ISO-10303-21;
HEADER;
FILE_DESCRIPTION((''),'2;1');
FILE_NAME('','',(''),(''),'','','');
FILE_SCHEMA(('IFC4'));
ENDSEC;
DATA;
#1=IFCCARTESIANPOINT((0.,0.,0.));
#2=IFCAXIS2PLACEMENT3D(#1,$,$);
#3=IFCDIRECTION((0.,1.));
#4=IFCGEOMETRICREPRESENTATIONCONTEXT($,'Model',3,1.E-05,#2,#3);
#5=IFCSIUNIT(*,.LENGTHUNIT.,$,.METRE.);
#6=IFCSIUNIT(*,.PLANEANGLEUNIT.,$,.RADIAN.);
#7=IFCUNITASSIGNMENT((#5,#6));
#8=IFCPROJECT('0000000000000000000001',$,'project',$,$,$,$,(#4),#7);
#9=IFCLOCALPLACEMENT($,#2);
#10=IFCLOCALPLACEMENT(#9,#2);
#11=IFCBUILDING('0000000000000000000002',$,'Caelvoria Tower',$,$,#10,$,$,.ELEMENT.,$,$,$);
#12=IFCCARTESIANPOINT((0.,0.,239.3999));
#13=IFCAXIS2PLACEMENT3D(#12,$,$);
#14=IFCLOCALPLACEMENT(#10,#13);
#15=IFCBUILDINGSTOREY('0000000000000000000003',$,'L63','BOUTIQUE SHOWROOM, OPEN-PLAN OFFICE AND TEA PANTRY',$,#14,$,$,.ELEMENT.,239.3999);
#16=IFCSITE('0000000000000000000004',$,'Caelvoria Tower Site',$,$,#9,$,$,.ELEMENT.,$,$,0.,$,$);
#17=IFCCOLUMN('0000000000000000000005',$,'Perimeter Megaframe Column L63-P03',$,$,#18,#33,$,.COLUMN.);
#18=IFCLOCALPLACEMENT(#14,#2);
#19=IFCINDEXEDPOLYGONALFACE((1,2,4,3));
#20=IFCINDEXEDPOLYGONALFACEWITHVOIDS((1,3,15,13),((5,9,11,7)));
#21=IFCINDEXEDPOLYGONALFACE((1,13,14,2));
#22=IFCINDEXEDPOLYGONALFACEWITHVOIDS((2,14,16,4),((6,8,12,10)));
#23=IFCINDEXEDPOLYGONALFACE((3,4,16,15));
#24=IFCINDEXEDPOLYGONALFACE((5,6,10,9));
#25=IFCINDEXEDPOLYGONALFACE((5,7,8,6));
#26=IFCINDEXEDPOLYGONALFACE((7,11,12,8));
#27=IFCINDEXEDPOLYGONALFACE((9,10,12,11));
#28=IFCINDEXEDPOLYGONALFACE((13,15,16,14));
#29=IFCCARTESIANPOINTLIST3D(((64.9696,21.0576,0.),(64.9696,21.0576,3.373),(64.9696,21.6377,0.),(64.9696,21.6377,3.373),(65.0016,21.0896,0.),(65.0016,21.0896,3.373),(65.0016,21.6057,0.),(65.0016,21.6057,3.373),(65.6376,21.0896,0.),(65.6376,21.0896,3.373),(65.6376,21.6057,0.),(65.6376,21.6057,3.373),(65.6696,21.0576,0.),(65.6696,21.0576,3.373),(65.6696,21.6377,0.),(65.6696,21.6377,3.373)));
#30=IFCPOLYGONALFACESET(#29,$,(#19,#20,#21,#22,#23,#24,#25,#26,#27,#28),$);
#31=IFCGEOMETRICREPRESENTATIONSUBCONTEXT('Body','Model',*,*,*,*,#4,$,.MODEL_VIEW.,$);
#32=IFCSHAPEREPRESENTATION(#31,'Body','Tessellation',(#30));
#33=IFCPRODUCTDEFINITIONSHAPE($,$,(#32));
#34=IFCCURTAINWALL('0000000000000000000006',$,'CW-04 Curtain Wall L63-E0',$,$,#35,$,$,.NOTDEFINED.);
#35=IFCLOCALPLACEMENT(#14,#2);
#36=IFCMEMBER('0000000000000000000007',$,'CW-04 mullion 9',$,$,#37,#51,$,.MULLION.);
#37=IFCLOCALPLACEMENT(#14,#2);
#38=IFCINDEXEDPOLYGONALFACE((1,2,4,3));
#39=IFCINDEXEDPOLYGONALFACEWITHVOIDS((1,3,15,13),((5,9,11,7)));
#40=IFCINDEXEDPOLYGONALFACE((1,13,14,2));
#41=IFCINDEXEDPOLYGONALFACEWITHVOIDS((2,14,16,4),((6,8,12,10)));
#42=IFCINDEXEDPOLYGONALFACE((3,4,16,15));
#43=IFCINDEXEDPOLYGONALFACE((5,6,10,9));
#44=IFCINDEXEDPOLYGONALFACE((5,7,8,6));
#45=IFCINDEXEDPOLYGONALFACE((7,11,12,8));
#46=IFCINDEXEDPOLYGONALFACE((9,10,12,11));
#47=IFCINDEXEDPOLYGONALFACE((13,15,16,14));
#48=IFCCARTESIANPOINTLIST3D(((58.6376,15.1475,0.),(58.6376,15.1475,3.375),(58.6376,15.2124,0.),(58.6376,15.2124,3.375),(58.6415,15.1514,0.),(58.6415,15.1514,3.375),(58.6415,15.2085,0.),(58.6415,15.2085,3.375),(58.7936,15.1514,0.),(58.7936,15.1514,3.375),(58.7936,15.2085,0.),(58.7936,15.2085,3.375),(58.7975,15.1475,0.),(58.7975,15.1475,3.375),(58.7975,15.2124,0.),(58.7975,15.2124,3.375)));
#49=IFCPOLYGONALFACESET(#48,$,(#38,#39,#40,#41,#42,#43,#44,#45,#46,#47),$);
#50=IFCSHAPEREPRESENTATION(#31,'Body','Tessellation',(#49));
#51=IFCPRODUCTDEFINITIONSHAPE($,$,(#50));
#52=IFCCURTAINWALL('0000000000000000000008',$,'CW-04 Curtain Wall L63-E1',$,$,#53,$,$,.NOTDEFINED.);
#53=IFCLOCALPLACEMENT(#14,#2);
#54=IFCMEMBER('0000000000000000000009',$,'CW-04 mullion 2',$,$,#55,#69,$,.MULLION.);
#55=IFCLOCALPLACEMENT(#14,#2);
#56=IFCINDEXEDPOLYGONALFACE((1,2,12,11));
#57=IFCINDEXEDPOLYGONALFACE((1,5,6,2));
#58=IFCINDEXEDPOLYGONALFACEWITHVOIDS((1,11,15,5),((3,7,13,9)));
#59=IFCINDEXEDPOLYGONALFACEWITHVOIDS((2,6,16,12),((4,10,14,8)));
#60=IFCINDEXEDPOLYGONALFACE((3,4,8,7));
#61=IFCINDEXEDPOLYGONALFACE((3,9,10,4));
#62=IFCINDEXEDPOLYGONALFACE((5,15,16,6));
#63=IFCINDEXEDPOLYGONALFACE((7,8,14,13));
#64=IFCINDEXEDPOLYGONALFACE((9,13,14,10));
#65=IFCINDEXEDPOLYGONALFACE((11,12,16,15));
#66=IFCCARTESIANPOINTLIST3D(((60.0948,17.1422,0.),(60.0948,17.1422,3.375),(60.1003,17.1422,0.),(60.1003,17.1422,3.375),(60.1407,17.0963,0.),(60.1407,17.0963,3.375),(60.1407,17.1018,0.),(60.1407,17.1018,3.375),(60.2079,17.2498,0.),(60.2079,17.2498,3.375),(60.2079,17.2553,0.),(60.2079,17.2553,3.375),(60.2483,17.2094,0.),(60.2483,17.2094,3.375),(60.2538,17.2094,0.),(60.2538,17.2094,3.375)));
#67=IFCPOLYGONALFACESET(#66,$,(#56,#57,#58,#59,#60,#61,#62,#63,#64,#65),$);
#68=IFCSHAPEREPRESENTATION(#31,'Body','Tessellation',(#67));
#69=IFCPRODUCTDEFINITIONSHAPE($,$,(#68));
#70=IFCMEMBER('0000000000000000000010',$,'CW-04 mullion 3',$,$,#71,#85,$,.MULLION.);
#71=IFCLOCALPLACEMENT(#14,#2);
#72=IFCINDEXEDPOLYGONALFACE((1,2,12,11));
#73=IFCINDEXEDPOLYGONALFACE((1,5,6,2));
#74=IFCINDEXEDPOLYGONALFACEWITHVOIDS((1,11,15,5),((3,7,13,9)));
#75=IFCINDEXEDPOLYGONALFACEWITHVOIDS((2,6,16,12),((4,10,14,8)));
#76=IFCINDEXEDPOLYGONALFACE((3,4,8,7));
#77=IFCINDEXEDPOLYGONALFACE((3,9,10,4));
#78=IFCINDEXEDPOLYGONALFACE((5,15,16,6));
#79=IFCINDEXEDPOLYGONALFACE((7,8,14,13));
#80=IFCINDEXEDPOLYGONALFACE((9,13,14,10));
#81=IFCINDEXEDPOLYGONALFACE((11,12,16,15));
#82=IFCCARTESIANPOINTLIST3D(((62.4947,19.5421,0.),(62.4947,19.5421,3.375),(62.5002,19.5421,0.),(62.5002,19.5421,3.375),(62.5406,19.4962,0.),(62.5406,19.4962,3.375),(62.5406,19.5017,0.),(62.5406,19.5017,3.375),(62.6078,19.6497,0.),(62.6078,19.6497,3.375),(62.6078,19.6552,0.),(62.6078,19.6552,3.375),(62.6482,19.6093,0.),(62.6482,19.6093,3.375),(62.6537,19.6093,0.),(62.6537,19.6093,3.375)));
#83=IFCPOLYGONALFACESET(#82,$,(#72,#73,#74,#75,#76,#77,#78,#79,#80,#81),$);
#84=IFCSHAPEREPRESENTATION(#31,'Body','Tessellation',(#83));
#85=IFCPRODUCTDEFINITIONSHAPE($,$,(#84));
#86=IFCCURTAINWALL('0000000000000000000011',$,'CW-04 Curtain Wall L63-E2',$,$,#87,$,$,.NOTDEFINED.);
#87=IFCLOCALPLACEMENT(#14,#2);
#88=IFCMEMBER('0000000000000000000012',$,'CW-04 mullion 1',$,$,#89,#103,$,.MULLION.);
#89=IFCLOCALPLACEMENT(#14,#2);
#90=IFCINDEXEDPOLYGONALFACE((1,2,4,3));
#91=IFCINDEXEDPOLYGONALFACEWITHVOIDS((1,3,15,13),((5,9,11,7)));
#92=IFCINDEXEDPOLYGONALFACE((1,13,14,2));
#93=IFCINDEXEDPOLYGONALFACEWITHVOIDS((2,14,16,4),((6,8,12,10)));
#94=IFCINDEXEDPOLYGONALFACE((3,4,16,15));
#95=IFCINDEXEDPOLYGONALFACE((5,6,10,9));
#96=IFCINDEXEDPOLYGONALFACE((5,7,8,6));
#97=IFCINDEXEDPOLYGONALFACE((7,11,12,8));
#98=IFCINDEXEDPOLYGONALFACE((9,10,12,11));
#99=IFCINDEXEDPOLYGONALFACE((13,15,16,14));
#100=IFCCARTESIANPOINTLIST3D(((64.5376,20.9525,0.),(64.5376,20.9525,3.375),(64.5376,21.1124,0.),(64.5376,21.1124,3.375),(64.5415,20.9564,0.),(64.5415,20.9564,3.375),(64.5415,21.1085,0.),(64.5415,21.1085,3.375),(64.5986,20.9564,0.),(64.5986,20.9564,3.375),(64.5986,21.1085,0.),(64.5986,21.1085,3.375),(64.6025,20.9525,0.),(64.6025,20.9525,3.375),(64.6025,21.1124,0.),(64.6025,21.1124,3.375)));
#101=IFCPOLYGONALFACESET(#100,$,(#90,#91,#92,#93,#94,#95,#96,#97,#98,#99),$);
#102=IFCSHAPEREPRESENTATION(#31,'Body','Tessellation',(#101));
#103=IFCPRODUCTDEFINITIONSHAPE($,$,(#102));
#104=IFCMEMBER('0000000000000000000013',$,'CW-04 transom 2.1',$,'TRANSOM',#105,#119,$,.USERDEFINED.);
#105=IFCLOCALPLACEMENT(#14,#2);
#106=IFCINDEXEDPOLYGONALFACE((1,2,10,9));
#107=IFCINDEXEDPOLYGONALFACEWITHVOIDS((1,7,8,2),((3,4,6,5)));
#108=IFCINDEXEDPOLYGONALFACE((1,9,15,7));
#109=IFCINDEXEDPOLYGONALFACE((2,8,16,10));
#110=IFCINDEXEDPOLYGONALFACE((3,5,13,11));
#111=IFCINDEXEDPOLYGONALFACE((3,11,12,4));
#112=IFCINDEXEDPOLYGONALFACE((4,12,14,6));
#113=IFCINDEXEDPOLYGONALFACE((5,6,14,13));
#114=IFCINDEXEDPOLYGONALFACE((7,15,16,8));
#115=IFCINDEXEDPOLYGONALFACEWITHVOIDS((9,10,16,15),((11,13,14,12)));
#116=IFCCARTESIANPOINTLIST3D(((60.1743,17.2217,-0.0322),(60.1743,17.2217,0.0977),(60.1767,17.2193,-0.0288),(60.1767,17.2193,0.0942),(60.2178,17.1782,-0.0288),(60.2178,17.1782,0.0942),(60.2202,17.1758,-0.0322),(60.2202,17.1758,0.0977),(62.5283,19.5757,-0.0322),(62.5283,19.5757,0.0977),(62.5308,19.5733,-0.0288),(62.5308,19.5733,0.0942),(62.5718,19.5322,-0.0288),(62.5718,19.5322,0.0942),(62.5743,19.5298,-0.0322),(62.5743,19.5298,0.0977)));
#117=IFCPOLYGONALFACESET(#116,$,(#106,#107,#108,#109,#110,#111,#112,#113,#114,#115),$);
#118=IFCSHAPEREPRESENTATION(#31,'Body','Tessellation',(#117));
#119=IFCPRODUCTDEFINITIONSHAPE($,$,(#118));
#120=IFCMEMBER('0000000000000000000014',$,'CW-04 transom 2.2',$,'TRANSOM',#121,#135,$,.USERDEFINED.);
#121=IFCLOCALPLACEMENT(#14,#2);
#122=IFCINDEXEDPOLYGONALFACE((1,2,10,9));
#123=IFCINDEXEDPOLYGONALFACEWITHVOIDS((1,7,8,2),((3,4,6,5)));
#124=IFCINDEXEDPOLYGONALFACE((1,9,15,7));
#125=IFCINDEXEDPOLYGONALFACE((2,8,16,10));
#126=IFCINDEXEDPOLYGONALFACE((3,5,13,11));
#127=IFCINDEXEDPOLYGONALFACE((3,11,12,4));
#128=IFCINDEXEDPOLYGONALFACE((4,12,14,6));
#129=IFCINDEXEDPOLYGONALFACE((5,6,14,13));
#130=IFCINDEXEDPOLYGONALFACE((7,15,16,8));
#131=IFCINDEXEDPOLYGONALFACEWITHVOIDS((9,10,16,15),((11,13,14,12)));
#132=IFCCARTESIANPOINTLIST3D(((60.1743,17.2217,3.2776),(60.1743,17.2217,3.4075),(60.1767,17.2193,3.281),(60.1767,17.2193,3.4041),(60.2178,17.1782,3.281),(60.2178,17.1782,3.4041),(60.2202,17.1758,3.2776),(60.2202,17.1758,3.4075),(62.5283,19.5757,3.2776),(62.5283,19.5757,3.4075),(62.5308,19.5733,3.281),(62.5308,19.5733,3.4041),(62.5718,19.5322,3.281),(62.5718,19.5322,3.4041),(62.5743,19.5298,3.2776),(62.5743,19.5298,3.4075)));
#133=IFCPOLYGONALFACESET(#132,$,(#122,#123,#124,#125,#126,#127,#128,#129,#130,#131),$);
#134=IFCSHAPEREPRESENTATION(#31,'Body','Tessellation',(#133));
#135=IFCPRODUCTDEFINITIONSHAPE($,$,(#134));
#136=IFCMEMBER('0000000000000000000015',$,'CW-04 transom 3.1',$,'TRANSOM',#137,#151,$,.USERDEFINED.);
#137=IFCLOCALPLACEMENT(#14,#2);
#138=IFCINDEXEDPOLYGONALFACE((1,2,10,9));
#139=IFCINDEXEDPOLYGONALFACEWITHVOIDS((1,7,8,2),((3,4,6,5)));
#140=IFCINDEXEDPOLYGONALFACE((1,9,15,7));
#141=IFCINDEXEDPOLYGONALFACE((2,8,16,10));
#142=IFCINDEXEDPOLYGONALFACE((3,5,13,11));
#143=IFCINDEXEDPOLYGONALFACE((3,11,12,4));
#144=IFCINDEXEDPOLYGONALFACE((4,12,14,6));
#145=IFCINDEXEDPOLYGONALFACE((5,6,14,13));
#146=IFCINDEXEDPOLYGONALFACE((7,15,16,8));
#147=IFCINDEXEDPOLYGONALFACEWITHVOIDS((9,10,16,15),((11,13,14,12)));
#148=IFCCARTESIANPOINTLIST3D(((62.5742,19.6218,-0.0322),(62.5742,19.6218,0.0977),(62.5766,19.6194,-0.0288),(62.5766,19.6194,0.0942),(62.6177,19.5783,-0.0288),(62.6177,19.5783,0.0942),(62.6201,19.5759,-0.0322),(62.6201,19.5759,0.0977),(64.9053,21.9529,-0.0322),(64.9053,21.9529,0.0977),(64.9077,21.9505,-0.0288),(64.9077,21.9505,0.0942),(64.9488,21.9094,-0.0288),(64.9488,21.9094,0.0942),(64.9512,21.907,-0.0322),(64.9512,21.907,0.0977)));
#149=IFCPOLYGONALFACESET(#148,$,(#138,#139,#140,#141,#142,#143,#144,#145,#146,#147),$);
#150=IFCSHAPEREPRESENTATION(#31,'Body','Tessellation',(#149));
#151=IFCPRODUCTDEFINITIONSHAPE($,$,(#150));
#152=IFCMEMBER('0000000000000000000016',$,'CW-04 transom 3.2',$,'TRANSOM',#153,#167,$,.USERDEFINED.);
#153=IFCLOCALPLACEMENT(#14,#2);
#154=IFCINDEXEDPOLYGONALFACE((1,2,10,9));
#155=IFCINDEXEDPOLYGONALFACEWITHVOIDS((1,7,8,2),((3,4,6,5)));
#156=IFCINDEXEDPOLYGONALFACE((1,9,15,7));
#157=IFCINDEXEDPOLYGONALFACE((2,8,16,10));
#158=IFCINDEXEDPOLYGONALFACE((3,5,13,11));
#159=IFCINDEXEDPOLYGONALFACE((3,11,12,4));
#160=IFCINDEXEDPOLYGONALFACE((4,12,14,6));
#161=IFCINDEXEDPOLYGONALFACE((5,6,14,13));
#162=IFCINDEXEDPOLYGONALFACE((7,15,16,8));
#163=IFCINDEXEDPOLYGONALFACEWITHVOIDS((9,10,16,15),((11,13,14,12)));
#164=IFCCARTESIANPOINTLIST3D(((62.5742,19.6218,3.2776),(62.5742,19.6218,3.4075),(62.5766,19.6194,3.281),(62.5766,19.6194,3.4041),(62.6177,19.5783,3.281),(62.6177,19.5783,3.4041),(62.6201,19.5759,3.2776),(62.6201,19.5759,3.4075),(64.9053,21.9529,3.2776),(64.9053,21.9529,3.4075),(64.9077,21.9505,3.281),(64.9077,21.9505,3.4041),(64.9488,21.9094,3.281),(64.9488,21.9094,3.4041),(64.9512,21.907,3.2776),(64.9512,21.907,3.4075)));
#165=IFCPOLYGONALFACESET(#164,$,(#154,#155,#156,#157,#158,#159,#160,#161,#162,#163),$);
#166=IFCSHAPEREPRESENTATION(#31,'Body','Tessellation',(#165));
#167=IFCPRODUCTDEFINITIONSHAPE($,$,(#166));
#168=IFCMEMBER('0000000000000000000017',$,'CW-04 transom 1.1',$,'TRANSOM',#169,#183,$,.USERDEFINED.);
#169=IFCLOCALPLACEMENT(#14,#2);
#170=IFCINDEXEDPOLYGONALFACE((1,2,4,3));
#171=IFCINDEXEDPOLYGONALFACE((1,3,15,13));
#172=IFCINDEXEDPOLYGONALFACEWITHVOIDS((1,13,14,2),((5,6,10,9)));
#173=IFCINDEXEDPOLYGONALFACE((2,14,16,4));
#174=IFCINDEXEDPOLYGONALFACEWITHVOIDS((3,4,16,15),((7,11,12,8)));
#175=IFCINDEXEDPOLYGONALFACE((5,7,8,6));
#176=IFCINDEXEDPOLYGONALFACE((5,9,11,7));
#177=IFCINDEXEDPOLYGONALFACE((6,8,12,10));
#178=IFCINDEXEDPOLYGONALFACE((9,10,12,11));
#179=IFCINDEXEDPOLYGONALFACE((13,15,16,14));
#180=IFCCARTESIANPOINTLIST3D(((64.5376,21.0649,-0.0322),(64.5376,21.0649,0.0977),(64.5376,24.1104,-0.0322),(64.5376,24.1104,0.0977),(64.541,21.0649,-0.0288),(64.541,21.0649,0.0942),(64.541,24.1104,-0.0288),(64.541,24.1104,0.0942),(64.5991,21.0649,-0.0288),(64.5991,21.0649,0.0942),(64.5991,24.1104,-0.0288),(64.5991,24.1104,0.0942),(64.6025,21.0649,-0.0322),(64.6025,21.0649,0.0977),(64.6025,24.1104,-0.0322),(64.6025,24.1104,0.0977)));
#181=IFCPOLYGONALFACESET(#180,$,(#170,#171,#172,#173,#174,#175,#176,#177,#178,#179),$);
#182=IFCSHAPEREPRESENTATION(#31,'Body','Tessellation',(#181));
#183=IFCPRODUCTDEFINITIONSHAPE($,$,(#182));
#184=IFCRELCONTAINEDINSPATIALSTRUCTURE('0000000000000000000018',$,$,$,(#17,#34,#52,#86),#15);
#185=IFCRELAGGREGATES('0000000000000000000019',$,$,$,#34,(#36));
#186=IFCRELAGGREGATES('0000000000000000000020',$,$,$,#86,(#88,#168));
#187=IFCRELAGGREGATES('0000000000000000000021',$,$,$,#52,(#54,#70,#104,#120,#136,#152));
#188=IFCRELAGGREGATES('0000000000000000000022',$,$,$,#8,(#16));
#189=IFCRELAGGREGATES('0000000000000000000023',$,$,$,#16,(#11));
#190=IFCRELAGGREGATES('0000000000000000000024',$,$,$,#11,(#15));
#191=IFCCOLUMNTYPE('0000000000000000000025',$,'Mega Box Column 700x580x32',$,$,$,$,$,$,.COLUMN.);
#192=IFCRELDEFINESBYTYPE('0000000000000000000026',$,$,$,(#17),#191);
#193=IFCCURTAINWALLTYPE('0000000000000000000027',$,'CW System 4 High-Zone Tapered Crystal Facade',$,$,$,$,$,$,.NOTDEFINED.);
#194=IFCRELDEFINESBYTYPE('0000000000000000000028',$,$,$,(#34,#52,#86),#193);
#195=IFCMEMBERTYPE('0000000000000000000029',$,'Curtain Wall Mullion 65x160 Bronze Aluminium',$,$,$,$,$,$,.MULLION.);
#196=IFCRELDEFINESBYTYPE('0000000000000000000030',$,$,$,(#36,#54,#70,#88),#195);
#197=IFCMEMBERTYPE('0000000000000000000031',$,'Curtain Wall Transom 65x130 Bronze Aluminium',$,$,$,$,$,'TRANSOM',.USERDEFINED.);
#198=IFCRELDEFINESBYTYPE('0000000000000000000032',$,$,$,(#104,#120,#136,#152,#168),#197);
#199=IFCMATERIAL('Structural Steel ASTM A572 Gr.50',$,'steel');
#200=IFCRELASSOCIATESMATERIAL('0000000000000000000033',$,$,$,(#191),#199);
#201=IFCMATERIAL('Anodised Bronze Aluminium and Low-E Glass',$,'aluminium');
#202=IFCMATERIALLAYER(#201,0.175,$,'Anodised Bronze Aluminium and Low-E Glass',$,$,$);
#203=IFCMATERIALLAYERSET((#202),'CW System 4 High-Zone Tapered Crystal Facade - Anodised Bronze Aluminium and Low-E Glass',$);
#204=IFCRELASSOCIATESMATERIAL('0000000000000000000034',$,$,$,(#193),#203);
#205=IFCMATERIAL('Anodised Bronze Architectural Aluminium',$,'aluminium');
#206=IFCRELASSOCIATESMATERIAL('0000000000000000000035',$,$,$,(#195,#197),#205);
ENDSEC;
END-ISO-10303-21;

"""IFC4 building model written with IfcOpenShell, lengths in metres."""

from ifc_helpers import new_model, si_unit, direction, frame, origin, origin_2d, place, context, subcontext, project, spatial, hollow_rectangle, extrude, material, layer, layer_set, material_profile, profile_set, type_object, element, aggregate, save


model = new_model("IFC4")

# Units and contexts
model_context = context("Model", 3, precision=1e-05, world=origin(), true_north=direction((0.0, 1.0)))
body_context = subcontext(model_context, "Body", "Model", "MODEL_VIEW")
ifc_project = project(units=[si_unit("LENGTHUNIT", "METRE"), si_unit("PLANEANGLEUNIT", "RADIAN")], contexts=[model_context])

# Site, building, storey
site_placement = place(None, origin())
site = spatial("IfcSite", under=ifc_project, at=site_placement, Name="Caelvoria Tower Site", CompositionType="ELEMENT", RefElevation=0.0)
building_placement = place(site_placement, origin())
building = spatial("IfcBuilding", under=site, at=building_placement, Name="Caelvoria Tower", CompositionType="ELEMENT")
storey_placement = place(building_placement, frame((0.0, 0.0, 239.3999)))
storey = spatial("IfcBuildingStorey", under=building, at=storey_placement, Name="L63", Description="BOUTIQUE SHOWROOM, OPEN-PLAN OFFICE AND TEA PANTRY", CompositionType="ELEMENT", Elevation=239.3999)

# Column
ifc_material_1 = material(Name="Structural Steel ASTM A572 Gr.50", Category="steel")
ifc_material_profile_1 = material_profile(ifc_material_1, hollow_rectangle(XDim=0.5801, YDim=0.7, WallThickness=0.032, at=origin_2d()), Name="Structural Steel ASTM A572 Gr.50")
ifc_profile_set_1 = profile_set([ifc_material_profile_1], Name="BOX700X580X32 - Structural Steel ASTM A572 Gr.50")
column_type = type_object("IfcColumnType", Name="Mega Box Column 700x580x32", PredefinedType="COLUMN", material=ifc_profile_set_1)
column_placement = place(storey_placement, frame((65.3196, 21.3477, 0.0), z_axis=(0.0, 0.0, 1.0), x_axis=(0.0, 1.0, 0.0)))
element("IfcColumn", 1, at=column_placement, inside=storey, type_object=column_type, Name="Perimeter Megaframe Column L63-P03", PredefinedType="COLUMN", context=body_context, shape_type="SweptSolid", body=[
    extrude(hollow_rectangle(XDim=0.5801, YDim=0.7, WallThickness=0.032, at=origin_2d()), origin(), (0.0, 0.0, 1.0), 3.373),
])

# Curtain wall, member
ifc_material_2 = material(Name="Anodised Bronze Aluminium and Low-E Glass", Category="aluminium")
ifc_layer_1 = layer(ifc_material_2, 0.175, Name="Anodised Bronze Aluminium and Low-E Glass")
ifc_layer_set_1 = layer_set([ifc_layer_1], Name="CW System 4 High-Zone Tapered Crystal Facade - Anodised Bronze Aluminium and Low-E Glass")
curtain_wall_type = type_object("IfcCurtainWallType", Name="CW System 4 High-Zone Tapered Crystal Facade", PredefinedType="NOTDEFINED", material=ifc_layer_set_1)
curtain_wall_1_placement = place(storey_placement, origin())
curtain_wall_1 = element("IfcCurtainWall", 2, at=curtain_wall_1_placement, inside=storey, type_object=curtain_wall_type, Name="CW-04 Curtain Wall L63-E0", PredefinedType="NOTDEFINED")
ifc_material_3 = material(Name="Anodised Bronze Architectural Aluminium", Category="aluminium")
ifc_material_profile_2 = material_profile(ifc_material_3, hollow_rectangle(XDim=0.0649, YDim=0.1599, WallThickness=0.0039, at=origin_2d()), Name="Anodised Bronze Architectural Aluminium")
ifc_profile_set_2 = profile_set([ifc_material_profile_2], Name="CW_MULL_65X160 - Anodised Bronze Architectural Aluminium")
member_type_1 = type_object("IfcMemberType", Name="Curtain Wall Mullion 65x160 Bronze Aluminium", PredefinedType="MULLION", material=ifc_profile_set_2)
member_1_placement = place(storey_placement, frame((58.7175, 15.1799, 0.0), z_axis=(0.0, 0.0, 1.0), x_axis=(0.0, 1.0, 0.0)))
member_1 = element("IfcMember", 3, at=member_1_placement, type_object=member_type_1, Name="CW-04 mullion 9", PredefinedType="MULLION", context=body_context, shape_type="SweptSolid", body=[
    extrude(hollow_rectangle(XDim=0.0649, YDim=0.1599, WallThickness=0.0039, at=origin_2d()), origin(), (0.0, 0.0, 1.0), 3.375),
])
aggregate(curtain_wall_1, [member_1])

# Curtain wall, members
curtain_wall_2_placement = place(storey_placement, origin())
curtain_wall_2 = element("IfcCurtainWall", 4, at=curtain_wall_2_placement, inside=storey, type_object=curtain_wall_type, Name="CW-04 Curtain Wall L63-E1", PredefinedType="NOTDEFINED")
member_2_placement = place(storey_placement, frame((60.1743, 17.1758, 0.0), z_axis=(0.0, 0.0, 1.0), x_axis=(-0.707107, 0.707107, 0.0)))
member_2 = element("IfcMember", 5, at=member_2_placement, type_object=member_type_1, Name="CW-04 mullion 2", PredefinedType="MULLION", context=body_context, shape_type="SweptSolid", body=[
    extrude(hollow_rectangle(XDim=0.0649, YDim=0.1599, WallThickness=0.0039, at=origin_2d()), origin(), (0.0, 0.0, 1.0), 3.375),
])
member_3_placement = place(storey_placement, frame((62.5742, 19.5757, 0.0), z_axis=(0.0, 0.0, 1.0), x_axis=(-0.707107, 0.707107, 0.0)))
member_3 = element("IfcMember", 6, at=member_3_placement, type_object=member_type_1, Name="CW-04 mullion 3", PredefinedType="MULLION", context=body_context, shape_type="SweptSolid", body=[
    extrude(hollow_rectangle(XDim=0.0649, YDim=0.1599, WallThickness=0.0039, at=origin_2d()), origin(), (0.0, 0.0, 1.0), 3.375),
])

# Curtain wall, member
curtain_wall_3_placement = place(storey_placement, origin())
curtain_wall_3 = element("IfcCurtainWall", 7, at=curtain_wall_3_placement, inside=storey, type_object=curtain_wall_type, Name="CW-04 Curtain Wall L63-E2", PredefinedType="NOTDEFINED")
member_4_placement = place(storey_placement, frame((64.5701, 21.0325, 0.0), z_axis=(0.0, 0.0, 1.0), x_axis=(-1.0, 0.0, 0.0)))
member_4 = element("IfcMember", 8, at=member_4_placement, type_object=member_type_1, Name="CW-04 mullion 1", PredefinedType="MULLION", context=body_context, shape_type="SweptSolid", body=[
    extrude(hollow_rectangle(XDim=0.0649, YDim=0.1599, WallThickness=0.0039, at=origin_2d()), origin(), (0.0, 0.0, 1.0), 3.375),
])

# Members
ifc_material_profile_3 = material_profile(ifc_material_3, hollow_rectangle(XDim=0.0649, YDim=0.1299, WallThickness=0.0034, at=origin_2d()), Name="Anodised Bronze Architectural Aluminium")
ifc_profile_set_3 = profile_set([ifc_material_profile_3], Name="CW_TRAN_65X130 - Anodised Bronze Architectural Aluminium")
member_type_2 = type_object("IfcMemberType", Name="Curtain Wall Transom 65x130 Bronze Aluminium", ElementType="TRANSOM", PredefinedType="USERDEFINED", material=ifc_profile_set_3)
member_5_placement = place(storey_placement, frame((60.1973, 17.1987, 0.0327), z_axis=(0.707107, 0.707107, 0.0), x_axis=(-0.707107, 0.707107, 0.0)))
member_5 = element("IfcMember", 9, at=member_5_placement, type_object=member_type_2, Name="CW-04 transom 2.1", ObjectType="TRANSOM", PredefinedType="USERDEFINED", context=body_context, shape_type="SweptSolid", body=[
    extrude(hollow_rectangle(XDim=0.0649, YDim=0.1299, WallThickness=0.0034, at=origin_2d()), origin(), (0.0, 0.0, 1.0), 3.3291),
])
member_6_placement = place(storey_placement, frame((60.1973, 17.1987, 3.3425), z_axis=(0.707107, 0.707107, 0.0), x_axis=(-0.707107, 0.707107, 0.0)))
member_6 = element("IfcMember", 10, at=member_6_placement, type_object=member_type_2, Name="CW-04 transom 2.2", ObjectType="TRANSOM", PredefinedType="USERDEFINED", context=body_context, shape_type="SweptSolid", body=[
    extrude(hollow_rectangle(XDim=0.0649, YDim=0.1299, WallThickness=0.0034, at=origin_2d()), origin(), (0.0, 0.0, 1.0), 3.3291),
])
member_7_placement = place(storey_placement, frame((62.5972, 19.5989, 0.0327), z_axis=(0.707107, 0.707107, 0.0), x_axis=(-0.707107, 0.707107, 0.0)))
member_7 = element("IfcMember", 11, at=member_7_placement, type_object=member_type_2, Name="CW-04 transom 3.1", ObjectType="TRANSOM", PredefinedType="USERDEFINED", context=body_context, shape_type="SweptSolid", body=[
    extrude(hollow_rectangle(XDim=0.0649, YDim=0.1299, WallThickness=0.0034, at=origin_2d()), origin(), (0.0, 0.0, 1.0), 3.2966),
])
member_8_placement = place(storey_placement, frame((62.5972, 19.5989, 3.3425), z_axis=(0.707107, 0.707107, 0.0), x_axis=(-0.707107, 0.707107, 0.0)))
member_8 = element("IfcMember", 12, at=member_8_placement, type_object=member_type_2, Name="CW-04 transom 3.2", ObjectType="TRANSOM", PredefinedType="USERDEFINED", context=body_context, shape_type="SweptSolid", body=[
    extrude(hollow_rectangle(XDim=0.0649, YDim=0.1299, WallThickness=0.0034, at=origin_2d()), origin(), (0.0, 0.0, 1.0), 3.2966),
])
member_9_placement = place(storey_placement, frame((64.5701, 21.0649, 0.0327), z_axis=(0.0, 1.0, 0.0), x_axis=(-1.0, 0.0, 0.0)))
member_9 = element("IfcMember", 13, at=member_9_placement, type_object=member_type_2, Name="CW-04 transom 1.1", ObjectType="TRANSOM", PredefinedType="USERDEFINED", context=body_context, shape_type="SweptSolid", body=[
    extrude(hollow_rectangle(XDim=0.0649, YDim=0.1299, WallThickness=0.0034, at=origin_2d()), origin(), (0.0, 0.0, 1.0), 3.0454),
])
aggregate(curtain_wall_3, [member_4, member_9])

aggregate(curtain_wall_2, [member_2, member_3, member_5, member_6, member_7, member_8])

save(model, "model.ifc")
